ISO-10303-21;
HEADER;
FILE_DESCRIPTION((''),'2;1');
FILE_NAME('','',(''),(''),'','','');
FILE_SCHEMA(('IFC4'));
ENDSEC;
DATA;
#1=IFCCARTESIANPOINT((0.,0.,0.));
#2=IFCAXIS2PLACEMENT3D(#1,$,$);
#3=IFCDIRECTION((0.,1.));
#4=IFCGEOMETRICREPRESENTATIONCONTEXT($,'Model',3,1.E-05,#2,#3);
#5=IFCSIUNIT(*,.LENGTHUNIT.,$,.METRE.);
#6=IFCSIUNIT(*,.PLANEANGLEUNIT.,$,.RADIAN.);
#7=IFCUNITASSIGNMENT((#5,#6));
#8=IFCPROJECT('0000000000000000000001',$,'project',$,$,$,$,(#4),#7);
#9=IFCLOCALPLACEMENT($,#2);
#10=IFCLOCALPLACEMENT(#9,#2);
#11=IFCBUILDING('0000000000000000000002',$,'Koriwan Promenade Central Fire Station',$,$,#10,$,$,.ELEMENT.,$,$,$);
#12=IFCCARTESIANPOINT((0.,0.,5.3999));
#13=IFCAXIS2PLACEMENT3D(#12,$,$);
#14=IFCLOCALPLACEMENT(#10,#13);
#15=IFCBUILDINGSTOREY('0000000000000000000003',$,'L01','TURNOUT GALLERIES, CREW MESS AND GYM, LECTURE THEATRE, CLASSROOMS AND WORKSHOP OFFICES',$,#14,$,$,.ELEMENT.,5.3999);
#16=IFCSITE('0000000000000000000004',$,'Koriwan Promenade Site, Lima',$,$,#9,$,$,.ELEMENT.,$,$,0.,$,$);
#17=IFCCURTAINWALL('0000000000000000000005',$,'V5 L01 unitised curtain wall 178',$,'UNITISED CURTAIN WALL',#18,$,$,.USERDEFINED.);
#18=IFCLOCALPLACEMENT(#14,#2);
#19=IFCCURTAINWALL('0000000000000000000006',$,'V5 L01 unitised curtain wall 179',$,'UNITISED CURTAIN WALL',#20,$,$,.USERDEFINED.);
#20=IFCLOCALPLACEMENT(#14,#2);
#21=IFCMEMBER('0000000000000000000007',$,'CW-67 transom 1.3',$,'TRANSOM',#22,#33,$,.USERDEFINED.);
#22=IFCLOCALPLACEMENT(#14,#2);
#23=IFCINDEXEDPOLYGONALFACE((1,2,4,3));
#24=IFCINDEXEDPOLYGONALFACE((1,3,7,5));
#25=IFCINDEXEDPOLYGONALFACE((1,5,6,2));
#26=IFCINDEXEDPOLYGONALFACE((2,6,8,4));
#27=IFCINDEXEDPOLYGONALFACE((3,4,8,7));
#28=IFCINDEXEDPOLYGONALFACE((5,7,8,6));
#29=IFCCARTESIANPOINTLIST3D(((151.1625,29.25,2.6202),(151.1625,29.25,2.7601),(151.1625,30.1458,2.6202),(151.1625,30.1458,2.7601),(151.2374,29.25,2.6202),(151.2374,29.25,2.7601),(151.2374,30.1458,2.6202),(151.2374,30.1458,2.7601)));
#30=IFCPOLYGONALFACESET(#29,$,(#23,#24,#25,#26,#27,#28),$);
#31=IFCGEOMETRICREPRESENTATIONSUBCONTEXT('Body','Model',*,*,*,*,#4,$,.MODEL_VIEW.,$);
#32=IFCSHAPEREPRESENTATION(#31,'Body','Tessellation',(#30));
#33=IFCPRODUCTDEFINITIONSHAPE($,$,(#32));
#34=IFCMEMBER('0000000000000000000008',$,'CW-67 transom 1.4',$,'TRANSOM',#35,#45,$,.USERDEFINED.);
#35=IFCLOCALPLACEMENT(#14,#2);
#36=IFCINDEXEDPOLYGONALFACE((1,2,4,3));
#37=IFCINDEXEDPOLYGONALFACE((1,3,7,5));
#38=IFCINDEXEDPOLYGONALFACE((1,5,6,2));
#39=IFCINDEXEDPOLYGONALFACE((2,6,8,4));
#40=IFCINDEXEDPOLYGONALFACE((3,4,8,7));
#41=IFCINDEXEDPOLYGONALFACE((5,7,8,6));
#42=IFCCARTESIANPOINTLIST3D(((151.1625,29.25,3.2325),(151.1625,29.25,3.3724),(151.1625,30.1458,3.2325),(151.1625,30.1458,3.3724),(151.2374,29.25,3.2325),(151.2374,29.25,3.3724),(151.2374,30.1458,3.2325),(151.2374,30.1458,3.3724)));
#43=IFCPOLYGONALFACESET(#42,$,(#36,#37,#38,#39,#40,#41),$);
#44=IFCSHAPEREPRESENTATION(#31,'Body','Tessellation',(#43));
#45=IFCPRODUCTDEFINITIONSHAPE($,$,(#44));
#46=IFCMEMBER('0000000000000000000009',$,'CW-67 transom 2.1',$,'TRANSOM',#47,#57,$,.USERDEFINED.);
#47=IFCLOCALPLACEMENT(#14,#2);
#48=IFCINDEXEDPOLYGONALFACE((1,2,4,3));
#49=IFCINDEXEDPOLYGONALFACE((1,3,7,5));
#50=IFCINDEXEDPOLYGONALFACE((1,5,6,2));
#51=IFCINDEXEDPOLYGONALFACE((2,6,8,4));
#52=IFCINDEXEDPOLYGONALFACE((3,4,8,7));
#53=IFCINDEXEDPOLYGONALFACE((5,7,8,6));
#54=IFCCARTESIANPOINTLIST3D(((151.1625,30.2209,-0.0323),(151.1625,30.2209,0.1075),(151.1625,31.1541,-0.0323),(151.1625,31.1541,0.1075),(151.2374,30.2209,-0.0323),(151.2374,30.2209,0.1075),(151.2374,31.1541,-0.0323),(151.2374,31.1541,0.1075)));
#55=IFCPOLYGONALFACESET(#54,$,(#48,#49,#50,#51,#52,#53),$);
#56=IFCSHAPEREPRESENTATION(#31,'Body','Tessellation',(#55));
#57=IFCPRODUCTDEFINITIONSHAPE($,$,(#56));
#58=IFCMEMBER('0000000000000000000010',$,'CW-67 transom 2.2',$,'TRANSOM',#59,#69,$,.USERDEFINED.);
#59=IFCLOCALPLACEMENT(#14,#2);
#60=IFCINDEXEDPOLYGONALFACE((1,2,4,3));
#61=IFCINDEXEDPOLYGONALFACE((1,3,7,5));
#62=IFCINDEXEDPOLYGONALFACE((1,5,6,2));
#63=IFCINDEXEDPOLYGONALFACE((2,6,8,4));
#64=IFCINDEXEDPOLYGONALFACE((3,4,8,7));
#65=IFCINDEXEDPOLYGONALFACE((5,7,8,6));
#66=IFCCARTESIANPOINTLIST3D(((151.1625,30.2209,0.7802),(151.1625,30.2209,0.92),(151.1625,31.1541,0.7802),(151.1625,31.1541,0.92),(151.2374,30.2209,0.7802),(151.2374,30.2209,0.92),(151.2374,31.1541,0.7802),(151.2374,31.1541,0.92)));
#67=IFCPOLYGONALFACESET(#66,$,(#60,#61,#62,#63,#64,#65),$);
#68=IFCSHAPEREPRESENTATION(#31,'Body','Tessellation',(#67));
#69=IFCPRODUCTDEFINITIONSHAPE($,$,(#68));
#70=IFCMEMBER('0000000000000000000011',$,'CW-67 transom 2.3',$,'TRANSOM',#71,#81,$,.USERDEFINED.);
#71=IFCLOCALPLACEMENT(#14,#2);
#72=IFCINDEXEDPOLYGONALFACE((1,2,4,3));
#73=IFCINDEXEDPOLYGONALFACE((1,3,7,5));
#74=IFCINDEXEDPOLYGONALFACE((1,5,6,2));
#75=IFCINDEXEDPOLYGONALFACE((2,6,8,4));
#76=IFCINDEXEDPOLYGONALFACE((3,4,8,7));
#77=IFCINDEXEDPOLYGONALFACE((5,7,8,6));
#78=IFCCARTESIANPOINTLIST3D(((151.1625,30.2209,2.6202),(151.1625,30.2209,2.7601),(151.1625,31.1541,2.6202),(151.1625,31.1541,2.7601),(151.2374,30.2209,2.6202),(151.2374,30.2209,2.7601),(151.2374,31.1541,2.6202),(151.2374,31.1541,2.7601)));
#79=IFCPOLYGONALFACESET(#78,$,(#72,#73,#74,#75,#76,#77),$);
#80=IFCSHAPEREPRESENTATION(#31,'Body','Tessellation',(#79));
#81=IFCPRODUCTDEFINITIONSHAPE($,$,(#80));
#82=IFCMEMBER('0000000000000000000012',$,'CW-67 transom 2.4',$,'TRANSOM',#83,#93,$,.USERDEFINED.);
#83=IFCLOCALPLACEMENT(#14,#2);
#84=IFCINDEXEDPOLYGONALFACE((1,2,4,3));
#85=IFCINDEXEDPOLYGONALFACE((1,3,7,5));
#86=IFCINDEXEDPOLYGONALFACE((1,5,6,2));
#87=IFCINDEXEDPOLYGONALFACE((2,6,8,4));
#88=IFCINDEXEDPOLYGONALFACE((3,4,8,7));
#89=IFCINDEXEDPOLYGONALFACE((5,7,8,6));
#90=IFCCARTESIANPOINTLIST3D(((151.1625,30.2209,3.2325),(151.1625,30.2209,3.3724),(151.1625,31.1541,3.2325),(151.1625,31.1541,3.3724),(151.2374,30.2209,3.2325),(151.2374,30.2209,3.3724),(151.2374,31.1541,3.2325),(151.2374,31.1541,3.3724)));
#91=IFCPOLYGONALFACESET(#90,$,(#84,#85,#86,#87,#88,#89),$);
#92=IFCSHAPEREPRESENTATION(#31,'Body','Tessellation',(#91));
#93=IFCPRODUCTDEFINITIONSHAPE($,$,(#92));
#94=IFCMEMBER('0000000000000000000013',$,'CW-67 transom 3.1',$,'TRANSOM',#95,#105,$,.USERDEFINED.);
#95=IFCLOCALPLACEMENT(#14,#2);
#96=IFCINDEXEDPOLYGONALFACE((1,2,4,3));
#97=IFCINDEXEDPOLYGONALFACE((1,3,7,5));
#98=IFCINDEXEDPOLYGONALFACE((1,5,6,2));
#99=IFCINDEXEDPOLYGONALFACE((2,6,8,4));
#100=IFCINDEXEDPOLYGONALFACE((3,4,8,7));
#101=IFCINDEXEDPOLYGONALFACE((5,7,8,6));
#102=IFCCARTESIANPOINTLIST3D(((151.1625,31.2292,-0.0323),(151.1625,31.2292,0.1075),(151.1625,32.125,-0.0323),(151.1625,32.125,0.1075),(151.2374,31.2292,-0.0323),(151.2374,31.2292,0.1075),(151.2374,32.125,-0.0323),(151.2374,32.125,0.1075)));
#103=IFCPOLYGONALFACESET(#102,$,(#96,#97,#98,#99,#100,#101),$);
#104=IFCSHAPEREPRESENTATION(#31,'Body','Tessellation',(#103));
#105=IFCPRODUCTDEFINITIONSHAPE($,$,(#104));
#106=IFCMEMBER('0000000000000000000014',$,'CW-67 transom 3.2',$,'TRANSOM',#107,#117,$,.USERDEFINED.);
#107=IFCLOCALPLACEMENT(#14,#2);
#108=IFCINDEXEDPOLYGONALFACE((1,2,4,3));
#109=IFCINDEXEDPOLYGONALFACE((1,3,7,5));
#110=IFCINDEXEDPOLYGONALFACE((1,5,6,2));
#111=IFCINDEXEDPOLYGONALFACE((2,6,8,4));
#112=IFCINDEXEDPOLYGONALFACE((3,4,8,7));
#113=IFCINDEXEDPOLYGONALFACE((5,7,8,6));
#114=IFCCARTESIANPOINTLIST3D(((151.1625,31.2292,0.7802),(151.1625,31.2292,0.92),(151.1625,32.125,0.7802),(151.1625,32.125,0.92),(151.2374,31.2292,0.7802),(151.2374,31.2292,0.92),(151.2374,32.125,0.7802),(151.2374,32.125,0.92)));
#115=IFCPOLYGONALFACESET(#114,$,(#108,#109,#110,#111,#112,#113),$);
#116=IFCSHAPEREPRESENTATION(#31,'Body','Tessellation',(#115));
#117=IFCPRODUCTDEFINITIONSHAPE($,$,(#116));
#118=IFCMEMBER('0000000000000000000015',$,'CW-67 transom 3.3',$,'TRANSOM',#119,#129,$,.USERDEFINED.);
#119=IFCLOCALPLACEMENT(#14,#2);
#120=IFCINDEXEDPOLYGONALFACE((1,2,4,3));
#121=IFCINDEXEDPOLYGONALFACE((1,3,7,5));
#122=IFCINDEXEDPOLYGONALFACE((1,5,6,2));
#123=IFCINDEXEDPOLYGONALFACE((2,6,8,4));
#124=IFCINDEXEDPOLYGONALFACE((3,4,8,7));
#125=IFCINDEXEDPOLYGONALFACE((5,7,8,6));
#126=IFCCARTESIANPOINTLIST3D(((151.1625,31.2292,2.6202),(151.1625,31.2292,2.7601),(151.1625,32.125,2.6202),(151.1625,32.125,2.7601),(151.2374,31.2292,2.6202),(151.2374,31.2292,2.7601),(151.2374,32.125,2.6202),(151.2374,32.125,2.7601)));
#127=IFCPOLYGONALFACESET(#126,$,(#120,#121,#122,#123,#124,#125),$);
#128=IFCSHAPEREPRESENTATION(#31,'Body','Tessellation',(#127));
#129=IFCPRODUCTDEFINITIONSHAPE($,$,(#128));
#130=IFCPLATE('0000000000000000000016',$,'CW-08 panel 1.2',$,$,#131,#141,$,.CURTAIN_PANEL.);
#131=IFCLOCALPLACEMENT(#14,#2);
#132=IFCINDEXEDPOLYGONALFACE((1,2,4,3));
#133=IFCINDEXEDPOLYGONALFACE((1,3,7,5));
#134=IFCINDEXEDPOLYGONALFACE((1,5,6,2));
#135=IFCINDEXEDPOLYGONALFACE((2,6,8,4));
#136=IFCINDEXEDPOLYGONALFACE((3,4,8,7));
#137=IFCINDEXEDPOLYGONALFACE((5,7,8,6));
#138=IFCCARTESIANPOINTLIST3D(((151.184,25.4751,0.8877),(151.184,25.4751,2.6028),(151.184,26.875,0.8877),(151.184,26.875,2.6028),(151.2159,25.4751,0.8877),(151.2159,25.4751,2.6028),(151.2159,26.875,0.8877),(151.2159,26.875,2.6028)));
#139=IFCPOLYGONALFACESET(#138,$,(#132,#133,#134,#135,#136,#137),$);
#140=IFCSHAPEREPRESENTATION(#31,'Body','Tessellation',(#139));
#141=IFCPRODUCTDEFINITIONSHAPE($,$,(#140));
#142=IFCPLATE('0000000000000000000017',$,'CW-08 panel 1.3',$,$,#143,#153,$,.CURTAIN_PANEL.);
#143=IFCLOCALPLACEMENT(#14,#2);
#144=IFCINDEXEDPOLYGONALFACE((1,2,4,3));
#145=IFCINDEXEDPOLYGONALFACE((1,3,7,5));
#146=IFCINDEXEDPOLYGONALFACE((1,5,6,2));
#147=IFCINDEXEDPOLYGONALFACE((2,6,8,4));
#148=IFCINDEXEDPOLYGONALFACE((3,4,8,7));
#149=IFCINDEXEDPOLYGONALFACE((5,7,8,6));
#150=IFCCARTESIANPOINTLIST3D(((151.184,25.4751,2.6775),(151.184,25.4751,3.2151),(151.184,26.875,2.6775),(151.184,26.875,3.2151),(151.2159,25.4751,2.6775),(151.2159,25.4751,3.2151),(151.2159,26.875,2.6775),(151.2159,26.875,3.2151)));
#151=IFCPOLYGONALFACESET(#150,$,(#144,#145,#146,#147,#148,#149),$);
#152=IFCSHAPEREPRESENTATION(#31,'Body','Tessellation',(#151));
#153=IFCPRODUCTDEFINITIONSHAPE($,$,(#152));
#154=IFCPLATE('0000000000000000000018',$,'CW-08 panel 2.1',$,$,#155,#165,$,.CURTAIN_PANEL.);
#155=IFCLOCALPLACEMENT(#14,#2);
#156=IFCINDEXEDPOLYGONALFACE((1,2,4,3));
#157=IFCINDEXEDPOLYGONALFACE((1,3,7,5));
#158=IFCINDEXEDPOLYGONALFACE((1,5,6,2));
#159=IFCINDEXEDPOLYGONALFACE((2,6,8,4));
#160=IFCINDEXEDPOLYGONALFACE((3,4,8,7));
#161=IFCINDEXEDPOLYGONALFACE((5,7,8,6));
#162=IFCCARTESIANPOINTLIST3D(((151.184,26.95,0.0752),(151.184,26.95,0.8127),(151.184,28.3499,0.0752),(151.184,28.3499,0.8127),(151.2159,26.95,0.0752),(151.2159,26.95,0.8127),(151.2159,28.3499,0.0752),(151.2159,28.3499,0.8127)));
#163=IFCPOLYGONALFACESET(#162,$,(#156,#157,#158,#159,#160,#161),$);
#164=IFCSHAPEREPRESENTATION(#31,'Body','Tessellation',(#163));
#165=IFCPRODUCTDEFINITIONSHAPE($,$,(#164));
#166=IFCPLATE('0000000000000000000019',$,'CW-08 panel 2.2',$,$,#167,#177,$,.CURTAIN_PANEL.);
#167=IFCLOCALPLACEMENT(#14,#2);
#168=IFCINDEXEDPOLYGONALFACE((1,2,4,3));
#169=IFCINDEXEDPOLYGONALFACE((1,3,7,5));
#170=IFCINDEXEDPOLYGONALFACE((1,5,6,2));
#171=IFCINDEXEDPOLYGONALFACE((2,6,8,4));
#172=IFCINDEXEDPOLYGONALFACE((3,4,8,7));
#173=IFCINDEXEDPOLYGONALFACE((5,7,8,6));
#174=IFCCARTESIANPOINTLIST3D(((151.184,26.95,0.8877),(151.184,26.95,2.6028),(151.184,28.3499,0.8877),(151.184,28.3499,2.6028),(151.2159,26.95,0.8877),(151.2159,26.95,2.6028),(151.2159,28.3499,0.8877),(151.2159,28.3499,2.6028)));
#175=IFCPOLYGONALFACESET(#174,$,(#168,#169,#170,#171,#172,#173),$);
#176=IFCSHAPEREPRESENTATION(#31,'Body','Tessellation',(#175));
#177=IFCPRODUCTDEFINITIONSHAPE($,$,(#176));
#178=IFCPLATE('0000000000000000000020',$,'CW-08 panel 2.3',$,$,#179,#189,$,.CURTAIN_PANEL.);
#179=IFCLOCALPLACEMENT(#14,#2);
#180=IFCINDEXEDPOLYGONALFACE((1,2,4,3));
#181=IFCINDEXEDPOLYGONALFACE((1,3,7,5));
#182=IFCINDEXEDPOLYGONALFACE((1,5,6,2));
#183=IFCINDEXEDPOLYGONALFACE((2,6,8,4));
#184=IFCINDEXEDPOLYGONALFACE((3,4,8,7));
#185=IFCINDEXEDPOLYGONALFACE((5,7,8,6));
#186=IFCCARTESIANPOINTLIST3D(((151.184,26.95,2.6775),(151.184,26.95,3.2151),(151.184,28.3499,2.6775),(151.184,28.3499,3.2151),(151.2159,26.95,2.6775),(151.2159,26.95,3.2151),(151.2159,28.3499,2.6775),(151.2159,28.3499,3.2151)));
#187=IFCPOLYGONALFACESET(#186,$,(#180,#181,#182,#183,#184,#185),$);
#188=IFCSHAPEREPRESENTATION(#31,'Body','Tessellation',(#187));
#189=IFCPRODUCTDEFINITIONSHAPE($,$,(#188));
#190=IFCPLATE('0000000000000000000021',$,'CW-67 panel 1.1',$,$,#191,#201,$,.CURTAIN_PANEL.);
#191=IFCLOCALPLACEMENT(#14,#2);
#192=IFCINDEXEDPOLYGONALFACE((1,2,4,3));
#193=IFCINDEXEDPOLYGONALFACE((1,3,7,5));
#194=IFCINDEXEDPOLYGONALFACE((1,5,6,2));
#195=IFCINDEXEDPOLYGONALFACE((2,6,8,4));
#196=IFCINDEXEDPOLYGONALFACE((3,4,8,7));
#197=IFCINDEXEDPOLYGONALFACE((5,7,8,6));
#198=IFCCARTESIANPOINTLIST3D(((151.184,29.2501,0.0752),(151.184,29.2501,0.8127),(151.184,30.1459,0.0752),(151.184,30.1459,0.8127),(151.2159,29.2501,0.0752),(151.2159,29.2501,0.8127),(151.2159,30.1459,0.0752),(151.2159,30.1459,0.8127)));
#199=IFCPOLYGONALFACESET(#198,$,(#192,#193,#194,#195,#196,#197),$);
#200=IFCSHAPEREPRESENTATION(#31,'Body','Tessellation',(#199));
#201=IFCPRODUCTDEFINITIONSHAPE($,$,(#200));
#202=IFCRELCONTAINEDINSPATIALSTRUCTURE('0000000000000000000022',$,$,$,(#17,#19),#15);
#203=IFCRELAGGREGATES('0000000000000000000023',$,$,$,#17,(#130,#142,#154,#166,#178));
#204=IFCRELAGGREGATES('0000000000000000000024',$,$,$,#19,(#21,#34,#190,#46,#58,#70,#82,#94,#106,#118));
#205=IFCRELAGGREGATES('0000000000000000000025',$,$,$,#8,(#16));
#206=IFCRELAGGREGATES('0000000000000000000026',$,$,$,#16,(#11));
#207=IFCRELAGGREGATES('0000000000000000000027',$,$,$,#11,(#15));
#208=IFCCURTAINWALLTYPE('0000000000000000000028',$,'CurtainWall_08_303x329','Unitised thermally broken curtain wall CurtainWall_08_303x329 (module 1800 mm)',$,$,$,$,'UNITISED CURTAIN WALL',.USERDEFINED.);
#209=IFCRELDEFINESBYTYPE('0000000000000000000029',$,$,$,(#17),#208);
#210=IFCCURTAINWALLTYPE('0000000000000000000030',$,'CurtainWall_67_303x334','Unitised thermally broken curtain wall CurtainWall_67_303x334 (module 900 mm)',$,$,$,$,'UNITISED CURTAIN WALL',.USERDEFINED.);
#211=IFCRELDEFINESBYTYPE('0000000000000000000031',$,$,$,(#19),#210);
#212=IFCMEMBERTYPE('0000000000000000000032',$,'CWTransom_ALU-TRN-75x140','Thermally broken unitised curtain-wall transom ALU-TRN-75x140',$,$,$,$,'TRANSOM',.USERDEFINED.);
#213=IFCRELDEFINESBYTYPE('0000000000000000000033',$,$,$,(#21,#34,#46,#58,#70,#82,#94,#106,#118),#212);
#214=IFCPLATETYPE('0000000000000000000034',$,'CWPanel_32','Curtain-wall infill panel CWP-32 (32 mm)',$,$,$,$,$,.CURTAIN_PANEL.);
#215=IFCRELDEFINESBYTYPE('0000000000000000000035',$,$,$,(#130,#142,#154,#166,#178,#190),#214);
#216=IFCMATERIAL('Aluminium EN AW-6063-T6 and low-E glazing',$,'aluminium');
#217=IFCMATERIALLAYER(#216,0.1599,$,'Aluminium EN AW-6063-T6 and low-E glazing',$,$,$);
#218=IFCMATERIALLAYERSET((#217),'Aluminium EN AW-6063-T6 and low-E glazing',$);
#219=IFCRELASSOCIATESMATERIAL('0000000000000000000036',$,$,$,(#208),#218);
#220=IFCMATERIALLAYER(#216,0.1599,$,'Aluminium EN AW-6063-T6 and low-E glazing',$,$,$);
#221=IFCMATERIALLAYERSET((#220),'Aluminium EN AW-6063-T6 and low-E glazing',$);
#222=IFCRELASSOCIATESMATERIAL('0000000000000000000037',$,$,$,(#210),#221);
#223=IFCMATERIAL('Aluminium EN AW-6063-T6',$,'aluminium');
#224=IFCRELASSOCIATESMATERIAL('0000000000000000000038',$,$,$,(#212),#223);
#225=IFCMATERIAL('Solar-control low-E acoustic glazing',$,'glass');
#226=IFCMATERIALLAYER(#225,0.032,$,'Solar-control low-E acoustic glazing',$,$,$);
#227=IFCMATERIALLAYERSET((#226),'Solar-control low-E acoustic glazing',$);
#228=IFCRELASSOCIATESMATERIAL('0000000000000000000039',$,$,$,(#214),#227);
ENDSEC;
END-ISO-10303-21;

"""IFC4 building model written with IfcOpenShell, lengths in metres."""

from ifc_helpers import new_model, si_unit, direction, frame, origin, origin_2d, place, context, subcontext, project, spatial, rectangle, extrude, material, layer, layer_set, material_profile, profile_set, type_object, element, aggregate, save


model = new_model("IFC4")

# Units and contexts
model_context = context("Model", 3, precision=1e-05, world=origin(), true_north=direction((0.0, 1.0)))
body_context = subcontext(model_context, "Body", "Model", "MODEL_VIEW")
ifc_project = project(units=[si_unit("LENGTHUNIT", "METRE"), si_unit("PLANEANGLEUNIT", "RADIAN")], contexts=[model_context])

# Site, building, storey
site_placement = place(None, origin())
site = spatial("IfcSite", under=ifc_project, at=site_placement, Name="Koriwan Promenade Site, Lima", CompositionType="ELEMENT", RefElevation=0.0)
building_placement = place(site_placement, origin())
building = spatial("IfcBuilding", under=site, at=building_placement, Name="Koriwan Promenade Central Fire Station", CompositionType="ELEMENT")
storey_placement = place(building_placement, frame((0.0, 0.0, 5.3999)))
storey = spatial("IfcBuildingStorey", under=building, at=storey_placement, Name="L01", Description="TURNOUT GALLERIES, CREW MESS AND GYM, LECTURE THEATRE, CLASSROOMS AND WORKSHOP OFFICES", CompositionType="ELEMENT", Elevation=5.3999)

# Curtain walls
ifc_material_1 = material(Name="Aluminium EN AW-6063-T6 and low-E glazing", Category="aluminium")
ifc_layer_1 = layer(ifc_material_1, 0.1599, Name="Aluminium EN AW-6063-T6 and low-E glazing")
ifc_layer_set_1 = layer_set([ifc_layer_1], Name="Aluminium EN AW-6063-T6 and low-E glazing")
curtain_wall_type_1 = type_object("IfcCurtainWallType", Name="CurtainWall_08_303x329", Description="Unitised thermally broken curtain wall CurtainWall_08_303x329 (module 1800 mm)", ElementType="UNITISED CURTAIN WALL", PredefinedType="USERDEFINED", material=ifc_layer_set_1)
curtain_wall_1_placement = place(storey_placement, origin())
curtain_wall_1 = element("IfcCurtainWall", 1, at=curtain_wall_1_placement, inside=storey, type_object=curtain_wall_type_1, Name="V5 L01 unitised curtain wall 178", ObjectType="UNITISED CURTAIN WALL", PredefinedType="USERDEFINED")
ifc_material_2 = material(Name="Aluminium EN AW-6063-T6", Category="aluminium")
ifc_layer_2 = layer(ifc_material_1, 0.1599, Name="Aluminium EN AW-6063-T6 and low-E glazing")
ifc_layer_set_2 = layer_set([ifc_layer_2], Name="Aluminium EN AW-6063-T6 and low-E glazing")
curtain_wall_type_2 = type_object("IfcCurtainWallType", Name="CurtainWall_67_303x334", Description="Unitised thermally broken curtain wall CurtainWall_67_303x334 (module 900 mm)", ElementType="UNITISED CURTAIN WALL", PredefinedType="USERDEFINED", material=ifc_layer_set_2)
curtain_wall_2_placement = place(storey_placement, origin())
curtain_wall_2 = element("IfcCurtainWall", 2, at=curtain_wall_2_placement, inside=storey, type_object=curtain_wall_type_2, Name="V5 L01 unitised curtain wall 179", ObjectType="UNITISED CURTAIN WALL", PredefinedType="USERDEFINED")

# Members
ifc_material_profile_1 = material_profile(ifc_material_2, rectangle(XDim=0.075, YDim=0.1399, at=origin_2d()), Name="ALU-TRN-75x140")
ifc_profile_set_1 = profile_set([ifc_material_profile_1], Name="Aluminium EN AW-6063-T6")
member_type_1 = type_object("IfcMemberType", Name="CWTransom_ALU-TRN-75x140", Description="Thermally broken unitised curtain-wall transom ALU-TRN-75x140", ElementType="TRANSOM", PredefinedType="USERDEFINED", material=ifc_profile_set_1)
member_1_placement = place(storey_placement, frame((151.2, 29.25, 2.6902), z_axis=(0.0, 1.0, 0.0), x_axis=(-1.0, 0.0, 0.0)))
member_1 = element("IfcMember", 3, at=member_1_placement, type_object=member_type_1, Name="CW-67 transom 1.3", ObjectType="TRANSOM", PredefinedType="USERDEFINED", context=body_context, shape_type="SweptSolid", body=[
    extrude(rectangle(XDim=0.075, YDim=0.1399, at=origin_2d()), origin(), (0.0, 0.0, 1.0), 0.8958),
])
member_2_placement = place(storey_placement, frame((151.2, 29.25, 3.3025), z_axis=(0.0, 1.0, 0.0), x_axis=(-1.0, 0.0, 0.0)))
member_2 = element("IfcMember", 4, at=member_2_placement, type_object=member_type_1, Name="CW-67 transom 1.4", ObjectType="TRANSOM", PredefinedType="USERDEFINED", context=body_context, shape_type="SweptSolid", body=[
    extrude(rectangle(XDim=0.075, YDim=0.1399, at=origin_2d()), origin(), (0.0, 0.0, 1.0), 0.8958),
])
member_3_placement = place(storey_placement, frame((151.2, 30.2209, 0.0376), z_axis=(0.0, 1.0, 0.0), x_axis=(-1.0, 0.0, 0.0)))
member_3 = element("IfcMember", 5, at=member_3_placement, type_object=member_type_1, Name="CW-67 transom 2.1", ObjectType="TRANSOM", PredefinedType="USERDEFINED", context=body_context, shape_type="SweptSolid", body=[
    extrude(rectangle(XDim=0.075, YDim=0.1399, at=origin_2d()), origin(), (0.0, 0.0, 1.0), 0.9331),
])
member_4_placement = place(storey_placement, frame((151.2, 30.2209, 0.8501), z_axis=(0.0, 1.0, 0.0), x_axis=(-1.0, 0.0, 0.0)))
member_4 = element("IfcMember", 6, at=member_4_placement, type_object=member_type_1, Name="CW-67 transom 2.2", ObjectType="TRANSOM", PredefinedType="USERDEFINED", context=body_context, shape_type="SweptSolid", body=[
    extrude(rectangle(XDim=0.075, YDim=0.1399, at=origin_2d()), origin(), (0.0, 0.0, 1.0), 0.9331),
])
member_5_placement = place(storey_placement, frame((151.2, 30.2209, 2.6902), z_axis=(0.0, 1.0, 0.0), x_axis=(-1.0, 0.0, 0.0)))
member_5 = element("IfcMember", 7, at=member_5_placement, type_object=member_type_1, Name="CW-67 transom 2.3", ObjectType="TRANSOM", PredefinedType="USERDEFINED", context=body_context, shape_type="SweptSolid", body=[
    extrude(rectangle(XDim=0.075, YDim=0.1399, at=origin_2d()), origin(), (0.0, 0.0, 1.0), 0.9331),
])
member_6_placement = place(storey_placement, frame((151.2, 30.2209, 3.3025), z_axis=(0.0, 1.0, 0.0), x_axis=(-1.0, 0.0, 0.0)))
member_6 = element("IfcMember", 8, at=member_6_placement, type_object=member_type_1, Name="CW-67 transom 2.4", ObjectType="TRANSOM", PredefinedType="USERDEFINED", context=body_context, shape_type="SweptSolid", body=[
    extrude(rectangle(XDim=0.075, YDim=0.1399, at=origin_2d()), origin(), (0.0, 0.0, 1.0), 0.9331),
])
member_7_placement = place(storey_placement, frame((151.2, 31.2292, 0.0376), z_axis=(0.0, 1.0, 0.0), x_axis=(-1.0, 0.0, 0.0)))
member_7 = element("IfcMember", 9, at=member_7_placement, type_object=member_type_1, Name="CW-67 transom 3.1", ObjectType="TRANSOM", PredefinedType="USERDEFINED", context=body_context, shape_type="SweptSolid", body=[
    extrude(rectangle(XDim=0.075, YDim=0.1399, at=origin_2d()), origin(), (0.0, 0.0, 1.0), 0.8958),
])
member_8_placement = place(storey_placement, frame((151.2, 31.2292, 0.8501), z_axis=(0.0, 1.0, 0.0), x_axis=(-1.0, 0.0, 0.0)))
member_8 = element("IfcMember", 10, at=member_8_placement, type_object=member_type_1, Name="CW-67 transom 3.2", ObjectType="TRANSOM", PredefinedType="USERDEFINED", context=body_context, shape_type="SweptSolid", body=[
    extrude(rectangle(XDim=0.075, YDim=0.1399, at=origin_2d()), origin(), (0.0, 0.0, 1.0), 0.8958),
])
member_9_placement = place(storey_placement, frame((151.2, 31.2292, 2.6902), z_axis=(0.0, 1.0, 0.0), x_axis=(-1.0, 0.0, 0.0)))
member_9 = element("IfcMember", 11, at=member_9_placement, type_object=member_type_1, Name="CW-67 transom 3.3", ObjectType="TRANSOM", PredefinedType="USERDEFINED", context=body_context, shape_type="SweptSolid", body=[
    extrude(rectangle(XDim=0.075, YDim=0.1399, at=origin_2d()), origin(), (0.0, 0.0, 1.0), 0.8958),
])

# Plates
ifc_material_3 = material(Name="Solar-control low-E acoustic glazing", Category="glass")
ifc_layer_3 = layer(ifc_material_3, 0.032, Name="Solar-control low-E acoustic glazing")
ifc_layer_set_3 = layer_set([ifc_layer_3], Name="Solar-control low-E acoustic glazing")
plate_type = type_object("IfcPlateType", Name="CWPanel_32", Description="Curtain-wall infill panel CWP-32 (32 mm)", PredefinedType="CURTAIN_PANEL", material=ifc_layer_set_3)
plate_1_placement = place(storey_placement, frame((151.2, 26.175, 0.8877), z_axis=(0.0, 0.0, 1.0), x_axis=(0.0, 1.0, 0.0)))
plate_1 = element("IfcPlate", 12, at=plate_1_placement, type_object=plate_type, Name="CW-08 panel 1.2", PredefinedType="CURTAIN_PANEL", context=body_context, shape_type="SweptSolid", body=[
    extrude(rectangle(XDim=1.3999, YDim=0.032, at=origin_2d()), origin(), (0.0, 0.0, 1.0), 1.7151),
])
plate_2_placement = place(storey_placement, frame((151.2, 26.175, 2.6775), z_axis=(0.0, 0.0, 1.0), x_axis=(0.0, 1.0, 0.0)))
plate_2 = element("IfcPlate", 13, at=plate_2_placement, type_object=plate_type, Name="CW-08 panel 1.3", PredefinedType="CURTAIN_PANEL", context=body_context, shape_type="SweptSolid", body=[
    extrude(rectangle(XDim=1.3999, YDim=0.032, at=origin_2d()), origin(), (0.0, 0.0, 1.0), 0.5376),
])
plate_3_placement = place(storey_placement, frame((151.2, 27.6499, 0.0752), z_axis=(0.0, 0.0, 1.0), x_axis=(0.0, 1.0, 0.0)))
plate_3 = element("IfcPlate", 14, at=plate_3_placement, type_object=plate_type, Name="CW-08 panel 2.1", PredefinedType="CURTAIN_PANEL", context=body_context, shape_type="SweptSolid", body=[
    extrude(rectangle(XDim=1.3999, YDim=0.032, at=origin_2d()), origin(), (0.0, 0.0, 1.0), 0.7375),
])
plate_4_placement = place(storey_placement, frame((151.2, 27.6499, 0.8877), z_axis=(0.0, 0.0, 1.0), x_axis=(0.0, 1.0, 0.0)))
plate_4 = element("IfcPlate", 15, at=plate_4_placement, type_object=plate_type, Name="CW-08 panel 2.2", PredefinedType="CURTAIN_PANEL", context=body_context, shape_type="SweptSolid", body=[
    extrude(rectangle(XDim=1.3999, YDim=0.032, at=origin_2d()), origin(), (0.0, 0.0, 1.0), 1.7151),
])
plate_5_placement = place(storey_placement, frame((151.2, 27.6499, 2.6775), z_axis=(0.0, 0.0, 1.0), x_axis=(0.0, 1.0, 0.0)))
plate_5 = element("IfcPlate", 16, at=plate_5_placement, type_object=plate_type, Name="CW-08 panel 2.3", PredefinedType="CURTAIN_PANEL", context=body_context, shape_type="SweptSolid", body=[
    extrude(rectangle(XDim=1.3999, YDim=0.032, at=origin_2d()), origin(), (0.0, 0.0, 1.0), 0.5376),
])
aggregate(curtain_wall_1, [plate_1, plate_2, plate_3, plate_4, plate_5])
plate_6_placement = place(storey_placement, frame((151.2, 29.698, 0.0752), z_axis=(0.0, 0.0, 1.0), x_axis=(0.0, 1.0, 0.0)))
plate_6 = element("IfcPlate", 17, at=plate_6_placement, type_object=plate_type, Name="CW-67 panel 1.1", PredefinedType="CURTAIN_PANEL", context=body_context, shape_type="SweptSolid", body=[
    extrude(rectangle(XDim=0.8958, YDim=0.032, at=origin_2d()), origin(), (0.0, 0.0, 1.0), 0.7375),
])
aggregate(curtain_wall_2, [member_1, member_2, plate_6, member_3, member_4, member_5, member_6, member_7, member_8, member_9])

save(model, "model.ifc")
